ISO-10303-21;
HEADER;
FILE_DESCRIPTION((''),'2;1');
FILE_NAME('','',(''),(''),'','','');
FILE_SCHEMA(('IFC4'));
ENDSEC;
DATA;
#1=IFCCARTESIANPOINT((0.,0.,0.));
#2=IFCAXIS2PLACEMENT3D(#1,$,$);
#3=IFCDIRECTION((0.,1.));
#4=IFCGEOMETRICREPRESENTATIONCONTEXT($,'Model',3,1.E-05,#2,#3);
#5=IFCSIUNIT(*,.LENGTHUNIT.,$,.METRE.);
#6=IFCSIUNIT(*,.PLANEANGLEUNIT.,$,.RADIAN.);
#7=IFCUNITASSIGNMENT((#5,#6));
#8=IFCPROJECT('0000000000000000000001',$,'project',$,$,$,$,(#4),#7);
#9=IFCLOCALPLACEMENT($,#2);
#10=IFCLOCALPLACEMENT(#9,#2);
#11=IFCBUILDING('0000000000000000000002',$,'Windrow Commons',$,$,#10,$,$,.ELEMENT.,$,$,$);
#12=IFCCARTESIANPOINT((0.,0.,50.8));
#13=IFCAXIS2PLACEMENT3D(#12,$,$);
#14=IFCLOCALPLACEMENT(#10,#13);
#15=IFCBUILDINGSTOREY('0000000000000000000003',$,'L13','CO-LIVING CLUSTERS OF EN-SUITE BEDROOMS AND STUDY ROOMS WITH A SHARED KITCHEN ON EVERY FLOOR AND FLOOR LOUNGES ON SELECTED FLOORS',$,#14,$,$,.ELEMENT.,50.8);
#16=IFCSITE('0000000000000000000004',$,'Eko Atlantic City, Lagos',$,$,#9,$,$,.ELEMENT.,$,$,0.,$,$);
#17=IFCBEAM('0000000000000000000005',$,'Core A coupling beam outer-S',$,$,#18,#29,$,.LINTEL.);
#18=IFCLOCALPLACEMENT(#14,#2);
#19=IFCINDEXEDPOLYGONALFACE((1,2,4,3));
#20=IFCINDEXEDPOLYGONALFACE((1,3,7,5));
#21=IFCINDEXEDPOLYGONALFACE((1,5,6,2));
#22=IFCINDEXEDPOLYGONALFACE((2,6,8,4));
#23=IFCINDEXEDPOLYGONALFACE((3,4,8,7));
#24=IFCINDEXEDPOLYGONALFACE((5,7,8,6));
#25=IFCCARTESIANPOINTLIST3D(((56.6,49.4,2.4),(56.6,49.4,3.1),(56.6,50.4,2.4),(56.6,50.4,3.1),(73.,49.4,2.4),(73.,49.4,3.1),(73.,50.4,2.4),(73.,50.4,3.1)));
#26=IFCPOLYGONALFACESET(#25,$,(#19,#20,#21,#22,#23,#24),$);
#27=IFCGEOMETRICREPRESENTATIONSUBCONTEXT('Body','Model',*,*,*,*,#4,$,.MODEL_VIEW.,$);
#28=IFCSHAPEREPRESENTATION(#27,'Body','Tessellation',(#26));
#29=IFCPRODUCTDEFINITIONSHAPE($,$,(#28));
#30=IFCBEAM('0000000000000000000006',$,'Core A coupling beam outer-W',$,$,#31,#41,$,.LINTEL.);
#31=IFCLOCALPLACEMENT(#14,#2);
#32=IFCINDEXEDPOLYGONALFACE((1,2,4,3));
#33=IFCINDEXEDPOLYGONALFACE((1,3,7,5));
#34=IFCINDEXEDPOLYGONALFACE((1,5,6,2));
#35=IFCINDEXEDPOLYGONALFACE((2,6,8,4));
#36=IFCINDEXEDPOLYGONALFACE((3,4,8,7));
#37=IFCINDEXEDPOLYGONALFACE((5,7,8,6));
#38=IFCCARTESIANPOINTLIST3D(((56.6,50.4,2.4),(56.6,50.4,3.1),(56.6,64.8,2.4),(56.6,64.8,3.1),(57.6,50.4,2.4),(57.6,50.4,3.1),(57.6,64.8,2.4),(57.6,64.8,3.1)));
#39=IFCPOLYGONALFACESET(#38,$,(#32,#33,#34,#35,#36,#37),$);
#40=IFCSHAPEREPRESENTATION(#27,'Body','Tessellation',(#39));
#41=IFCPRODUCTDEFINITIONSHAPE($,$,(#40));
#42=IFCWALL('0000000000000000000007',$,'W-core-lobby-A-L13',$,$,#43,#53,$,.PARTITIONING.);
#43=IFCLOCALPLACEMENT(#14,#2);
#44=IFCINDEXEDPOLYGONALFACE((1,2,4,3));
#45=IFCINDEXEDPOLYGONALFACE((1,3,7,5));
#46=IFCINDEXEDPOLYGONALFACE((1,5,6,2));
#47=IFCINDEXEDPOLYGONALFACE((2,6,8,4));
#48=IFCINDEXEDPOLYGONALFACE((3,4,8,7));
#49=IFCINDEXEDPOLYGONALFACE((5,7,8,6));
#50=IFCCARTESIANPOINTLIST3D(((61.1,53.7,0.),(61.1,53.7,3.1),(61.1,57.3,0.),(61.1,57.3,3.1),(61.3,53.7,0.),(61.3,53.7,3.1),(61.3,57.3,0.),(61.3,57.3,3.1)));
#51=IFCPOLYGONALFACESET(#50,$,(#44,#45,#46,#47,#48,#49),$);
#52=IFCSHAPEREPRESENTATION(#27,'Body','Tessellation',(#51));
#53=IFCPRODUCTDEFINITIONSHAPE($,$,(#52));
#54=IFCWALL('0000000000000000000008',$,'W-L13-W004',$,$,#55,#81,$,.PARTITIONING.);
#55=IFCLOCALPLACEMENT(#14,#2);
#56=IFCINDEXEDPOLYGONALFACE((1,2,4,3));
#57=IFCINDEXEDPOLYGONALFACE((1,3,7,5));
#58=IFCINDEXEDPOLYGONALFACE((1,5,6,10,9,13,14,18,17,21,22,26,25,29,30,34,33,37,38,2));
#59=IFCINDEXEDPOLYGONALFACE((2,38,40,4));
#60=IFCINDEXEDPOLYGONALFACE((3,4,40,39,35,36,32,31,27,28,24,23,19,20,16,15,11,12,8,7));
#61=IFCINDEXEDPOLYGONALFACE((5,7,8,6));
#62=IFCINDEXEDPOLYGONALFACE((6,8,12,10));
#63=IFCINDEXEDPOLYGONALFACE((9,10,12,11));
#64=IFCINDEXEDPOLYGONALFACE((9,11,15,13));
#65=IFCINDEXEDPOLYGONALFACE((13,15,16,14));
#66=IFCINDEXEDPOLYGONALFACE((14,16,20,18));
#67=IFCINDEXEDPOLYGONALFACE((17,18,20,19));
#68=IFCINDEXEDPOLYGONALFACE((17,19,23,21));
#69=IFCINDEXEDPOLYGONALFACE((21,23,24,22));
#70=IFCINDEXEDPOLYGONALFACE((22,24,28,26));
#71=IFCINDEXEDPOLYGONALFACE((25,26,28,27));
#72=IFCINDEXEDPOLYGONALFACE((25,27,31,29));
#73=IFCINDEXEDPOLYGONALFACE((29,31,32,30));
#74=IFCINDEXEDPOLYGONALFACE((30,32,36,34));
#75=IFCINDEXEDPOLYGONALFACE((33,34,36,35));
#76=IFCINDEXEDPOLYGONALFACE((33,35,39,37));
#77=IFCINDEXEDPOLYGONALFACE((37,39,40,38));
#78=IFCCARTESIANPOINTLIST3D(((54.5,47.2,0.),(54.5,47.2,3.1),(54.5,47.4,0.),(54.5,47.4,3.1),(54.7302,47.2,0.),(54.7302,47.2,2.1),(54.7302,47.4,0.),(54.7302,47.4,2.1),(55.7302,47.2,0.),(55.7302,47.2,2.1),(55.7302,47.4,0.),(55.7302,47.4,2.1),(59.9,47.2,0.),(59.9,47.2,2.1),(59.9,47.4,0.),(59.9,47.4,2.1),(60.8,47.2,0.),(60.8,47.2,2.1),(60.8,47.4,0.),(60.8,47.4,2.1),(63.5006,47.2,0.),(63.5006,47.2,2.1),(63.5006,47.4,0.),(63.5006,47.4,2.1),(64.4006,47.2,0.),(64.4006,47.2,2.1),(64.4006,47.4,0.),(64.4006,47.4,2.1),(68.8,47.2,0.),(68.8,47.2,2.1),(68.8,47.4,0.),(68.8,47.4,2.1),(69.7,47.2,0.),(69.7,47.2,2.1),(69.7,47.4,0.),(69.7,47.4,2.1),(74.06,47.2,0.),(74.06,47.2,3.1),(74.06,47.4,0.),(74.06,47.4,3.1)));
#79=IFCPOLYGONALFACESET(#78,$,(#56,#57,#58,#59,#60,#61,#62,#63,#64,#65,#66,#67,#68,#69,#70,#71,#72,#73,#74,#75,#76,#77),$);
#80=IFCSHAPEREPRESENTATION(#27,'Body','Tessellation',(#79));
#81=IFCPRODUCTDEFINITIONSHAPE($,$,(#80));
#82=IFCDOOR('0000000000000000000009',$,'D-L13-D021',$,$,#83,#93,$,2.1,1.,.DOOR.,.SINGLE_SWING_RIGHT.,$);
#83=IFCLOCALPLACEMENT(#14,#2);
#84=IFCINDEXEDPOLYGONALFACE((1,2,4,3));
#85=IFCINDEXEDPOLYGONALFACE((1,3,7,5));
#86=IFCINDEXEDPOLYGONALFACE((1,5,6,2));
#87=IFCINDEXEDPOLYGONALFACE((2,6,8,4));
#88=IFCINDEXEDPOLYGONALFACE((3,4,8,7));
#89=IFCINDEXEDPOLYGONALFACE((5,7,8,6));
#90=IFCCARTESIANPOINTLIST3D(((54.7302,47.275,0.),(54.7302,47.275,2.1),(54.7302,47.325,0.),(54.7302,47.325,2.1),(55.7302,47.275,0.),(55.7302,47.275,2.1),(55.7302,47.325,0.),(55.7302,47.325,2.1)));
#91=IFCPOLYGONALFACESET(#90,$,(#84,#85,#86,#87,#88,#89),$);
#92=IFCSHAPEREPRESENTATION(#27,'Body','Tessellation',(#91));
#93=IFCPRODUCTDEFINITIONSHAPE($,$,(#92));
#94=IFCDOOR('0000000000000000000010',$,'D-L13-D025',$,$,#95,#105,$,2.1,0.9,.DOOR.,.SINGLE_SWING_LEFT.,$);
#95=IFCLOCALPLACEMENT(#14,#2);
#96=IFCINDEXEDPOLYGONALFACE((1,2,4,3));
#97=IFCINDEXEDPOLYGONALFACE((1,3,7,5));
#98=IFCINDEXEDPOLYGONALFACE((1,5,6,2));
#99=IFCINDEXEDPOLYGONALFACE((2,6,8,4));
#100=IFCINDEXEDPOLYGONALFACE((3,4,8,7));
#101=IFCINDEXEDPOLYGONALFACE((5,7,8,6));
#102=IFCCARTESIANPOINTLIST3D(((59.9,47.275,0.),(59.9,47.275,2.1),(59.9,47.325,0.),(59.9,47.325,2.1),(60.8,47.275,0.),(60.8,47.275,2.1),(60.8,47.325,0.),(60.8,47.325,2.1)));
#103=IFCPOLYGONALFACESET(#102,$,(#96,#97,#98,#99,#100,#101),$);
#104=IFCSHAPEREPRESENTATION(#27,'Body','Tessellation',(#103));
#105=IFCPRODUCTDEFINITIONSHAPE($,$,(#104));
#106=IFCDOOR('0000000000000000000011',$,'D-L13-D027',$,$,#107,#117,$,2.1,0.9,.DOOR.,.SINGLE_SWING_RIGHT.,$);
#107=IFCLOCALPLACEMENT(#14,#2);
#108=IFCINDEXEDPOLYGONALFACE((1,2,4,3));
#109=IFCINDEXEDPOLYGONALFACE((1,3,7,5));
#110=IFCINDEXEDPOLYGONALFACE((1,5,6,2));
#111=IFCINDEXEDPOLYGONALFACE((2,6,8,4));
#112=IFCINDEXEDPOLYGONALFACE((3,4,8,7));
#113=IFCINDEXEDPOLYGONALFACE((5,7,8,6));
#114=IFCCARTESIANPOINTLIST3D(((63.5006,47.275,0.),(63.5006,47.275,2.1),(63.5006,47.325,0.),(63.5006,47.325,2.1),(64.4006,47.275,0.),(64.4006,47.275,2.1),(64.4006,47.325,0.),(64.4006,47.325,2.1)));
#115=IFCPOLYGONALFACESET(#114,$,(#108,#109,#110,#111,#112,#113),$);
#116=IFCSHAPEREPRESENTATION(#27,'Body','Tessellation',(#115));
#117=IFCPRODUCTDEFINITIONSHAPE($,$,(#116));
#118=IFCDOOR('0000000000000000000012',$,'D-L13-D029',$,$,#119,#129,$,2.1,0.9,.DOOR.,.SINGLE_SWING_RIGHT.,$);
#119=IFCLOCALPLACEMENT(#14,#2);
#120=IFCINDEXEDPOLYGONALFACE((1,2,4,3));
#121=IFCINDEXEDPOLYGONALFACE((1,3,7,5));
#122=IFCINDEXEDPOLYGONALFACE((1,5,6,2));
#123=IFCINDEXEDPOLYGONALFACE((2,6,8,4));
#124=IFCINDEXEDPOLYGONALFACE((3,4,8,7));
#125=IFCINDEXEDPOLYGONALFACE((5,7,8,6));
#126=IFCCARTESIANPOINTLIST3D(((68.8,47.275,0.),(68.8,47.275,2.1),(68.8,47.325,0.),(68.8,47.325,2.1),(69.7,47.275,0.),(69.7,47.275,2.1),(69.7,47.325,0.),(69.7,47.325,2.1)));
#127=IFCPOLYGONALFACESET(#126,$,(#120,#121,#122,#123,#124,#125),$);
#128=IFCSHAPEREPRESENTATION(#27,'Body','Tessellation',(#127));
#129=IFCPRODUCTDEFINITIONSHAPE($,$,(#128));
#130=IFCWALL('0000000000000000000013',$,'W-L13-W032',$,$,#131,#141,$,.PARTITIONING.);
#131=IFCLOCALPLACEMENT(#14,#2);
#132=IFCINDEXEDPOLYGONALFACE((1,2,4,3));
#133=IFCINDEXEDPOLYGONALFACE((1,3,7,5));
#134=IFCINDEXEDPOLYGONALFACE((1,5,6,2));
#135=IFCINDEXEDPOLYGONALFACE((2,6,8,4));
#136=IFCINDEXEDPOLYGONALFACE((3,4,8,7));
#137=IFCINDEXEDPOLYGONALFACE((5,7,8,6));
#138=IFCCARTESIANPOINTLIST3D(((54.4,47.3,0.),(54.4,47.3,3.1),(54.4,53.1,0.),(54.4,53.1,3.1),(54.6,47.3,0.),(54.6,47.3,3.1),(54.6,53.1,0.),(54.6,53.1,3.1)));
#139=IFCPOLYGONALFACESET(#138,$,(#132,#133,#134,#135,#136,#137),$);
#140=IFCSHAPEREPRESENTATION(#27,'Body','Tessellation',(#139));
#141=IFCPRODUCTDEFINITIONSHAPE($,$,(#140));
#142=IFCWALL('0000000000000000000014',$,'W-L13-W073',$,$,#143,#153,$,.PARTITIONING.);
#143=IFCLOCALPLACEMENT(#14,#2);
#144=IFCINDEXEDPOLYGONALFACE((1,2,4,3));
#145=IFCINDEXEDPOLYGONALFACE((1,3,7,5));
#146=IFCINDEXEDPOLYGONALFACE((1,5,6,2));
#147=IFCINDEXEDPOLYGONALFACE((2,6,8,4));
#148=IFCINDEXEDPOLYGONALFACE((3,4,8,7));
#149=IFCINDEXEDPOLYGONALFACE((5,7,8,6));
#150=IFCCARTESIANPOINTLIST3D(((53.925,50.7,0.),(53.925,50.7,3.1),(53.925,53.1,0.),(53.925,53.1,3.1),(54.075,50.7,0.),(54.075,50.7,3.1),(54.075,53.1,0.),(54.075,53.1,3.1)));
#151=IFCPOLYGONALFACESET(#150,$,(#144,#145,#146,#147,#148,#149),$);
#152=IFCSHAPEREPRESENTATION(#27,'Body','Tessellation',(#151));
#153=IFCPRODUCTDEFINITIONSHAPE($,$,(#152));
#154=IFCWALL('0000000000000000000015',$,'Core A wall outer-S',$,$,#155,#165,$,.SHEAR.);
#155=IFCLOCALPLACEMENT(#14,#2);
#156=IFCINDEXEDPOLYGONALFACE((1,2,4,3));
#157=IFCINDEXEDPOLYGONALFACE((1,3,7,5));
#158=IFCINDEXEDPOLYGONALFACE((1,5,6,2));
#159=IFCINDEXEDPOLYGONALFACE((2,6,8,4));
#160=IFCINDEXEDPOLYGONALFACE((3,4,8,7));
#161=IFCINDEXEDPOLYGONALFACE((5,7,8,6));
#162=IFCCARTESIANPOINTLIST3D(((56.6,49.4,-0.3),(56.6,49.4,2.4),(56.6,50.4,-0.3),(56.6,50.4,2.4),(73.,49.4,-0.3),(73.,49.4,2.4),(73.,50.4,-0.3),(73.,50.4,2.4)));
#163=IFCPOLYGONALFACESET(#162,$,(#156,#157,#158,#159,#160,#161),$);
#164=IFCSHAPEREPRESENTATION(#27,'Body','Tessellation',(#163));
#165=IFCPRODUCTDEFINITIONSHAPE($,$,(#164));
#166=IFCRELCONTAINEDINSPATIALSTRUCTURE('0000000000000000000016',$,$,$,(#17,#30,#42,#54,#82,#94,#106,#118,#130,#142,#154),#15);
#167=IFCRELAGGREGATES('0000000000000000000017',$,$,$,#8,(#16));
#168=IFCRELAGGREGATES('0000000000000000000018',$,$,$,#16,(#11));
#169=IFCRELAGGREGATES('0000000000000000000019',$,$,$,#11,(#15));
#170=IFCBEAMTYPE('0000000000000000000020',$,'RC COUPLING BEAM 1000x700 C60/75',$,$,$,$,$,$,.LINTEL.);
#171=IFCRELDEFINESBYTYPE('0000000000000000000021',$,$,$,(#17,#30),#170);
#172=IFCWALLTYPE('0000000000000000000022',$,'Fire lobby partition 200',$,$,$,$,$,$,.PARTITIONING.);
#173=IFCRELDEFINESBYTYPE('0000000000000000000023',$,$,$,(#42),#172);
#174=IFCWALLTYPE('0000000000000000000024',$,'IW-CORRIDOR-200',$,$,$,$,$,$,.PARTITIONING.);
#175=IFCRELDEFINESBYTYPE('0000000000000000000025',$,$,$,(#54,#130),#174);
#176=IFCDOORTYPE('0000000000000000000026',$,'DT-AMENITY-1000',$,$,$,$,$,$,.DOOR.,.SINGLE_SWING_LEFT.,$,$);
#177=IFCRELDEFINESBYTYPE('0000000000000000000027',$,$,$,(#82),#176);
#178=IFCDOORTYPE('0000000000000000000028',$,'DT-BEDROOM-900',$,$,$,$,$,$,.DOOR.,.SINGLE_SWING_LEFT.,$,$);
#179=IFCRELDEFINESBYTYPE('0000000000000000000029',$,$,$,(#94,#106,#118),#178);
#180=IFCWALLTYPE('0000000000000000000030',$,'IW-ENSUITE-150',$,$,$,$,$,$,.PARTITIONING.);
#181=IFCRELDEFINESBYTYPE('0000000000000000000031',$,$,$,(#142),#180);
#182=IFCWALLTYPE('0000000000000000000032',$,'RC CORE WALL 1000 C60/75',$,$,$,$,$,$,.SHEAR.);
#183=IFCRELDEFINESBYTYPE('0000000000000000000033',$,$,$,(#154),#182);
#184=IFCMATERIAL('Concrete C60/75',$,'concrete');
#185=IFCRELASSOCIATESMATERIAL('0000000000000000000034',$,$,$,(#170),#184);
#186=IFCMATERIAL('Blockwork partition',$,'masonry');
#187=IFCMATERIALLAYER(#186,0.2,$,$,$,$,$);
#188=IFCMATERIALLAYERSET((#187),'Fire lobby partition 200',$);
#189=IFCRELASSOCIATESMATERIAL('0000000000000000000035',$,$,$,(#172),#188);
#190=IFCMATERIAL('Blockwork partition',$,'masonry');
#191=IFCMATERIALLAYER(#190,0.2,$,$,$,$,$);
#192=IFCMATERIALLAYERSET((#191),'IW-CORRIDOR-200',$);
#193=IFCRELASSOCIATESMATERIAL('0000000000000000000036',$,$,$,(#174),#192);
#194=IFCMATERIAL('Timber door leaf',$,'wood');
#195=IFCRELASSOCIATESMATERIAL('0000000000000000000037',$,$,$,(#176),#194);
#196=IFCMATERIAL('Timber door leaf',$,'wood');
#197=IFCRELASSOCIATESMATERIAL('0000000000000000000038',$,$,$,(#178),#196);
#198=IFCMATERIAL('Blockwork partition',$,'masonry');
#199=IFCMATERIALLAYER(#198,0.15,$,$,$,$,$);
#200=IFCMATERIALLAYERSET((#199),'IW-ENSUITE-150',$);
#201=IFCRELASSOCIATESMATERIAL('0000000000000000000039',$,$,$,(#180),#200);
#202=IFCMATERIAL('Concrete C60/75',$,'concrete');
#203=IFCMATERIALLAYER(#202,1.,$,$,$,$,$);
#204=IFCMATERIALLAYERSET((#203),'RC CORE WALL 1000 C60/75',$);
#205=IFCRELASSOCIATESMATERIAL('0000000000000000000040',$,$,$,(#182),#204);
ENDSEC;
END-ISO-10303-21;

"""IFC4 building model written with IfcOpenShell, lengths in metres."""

from ifc_helpers import new_model, si_unit, direction, frame, frame_2d, origin, origin_2d, place, context, subcontext, project, spatial, rectangle, extrude, material, layer, layer_set, material_profile, profile_set, type_object, element, fill, save


model = new_model("IFC4")

# Units and contexts
model_context = context("Model", 3, precision=1e-05, world=origin(), true_north=direction((0.0, 1.0)))
body_context = subcontext(model_context, "Body", "Model", "MODEL_VIEW")
ifc_project = project(units=[si_unit("LENGTHUNIT", "METRE"), si_unit("PLANEANGLEUNIT", "RADIAN")], contexts=[model_context])

# Site, building, storey
site_placement = place(None, origin())
site = spatial("IfcSite", under=ifc_project, at=site_placement, Name="Eko Atlantic City, Lagos", CompositionType="ELEMENT", RefElevation=0.0)
building_placement = place(site_placement, origin())
building = spatial("IfcBuilding", under=site, at=building_placement, Name="Windrow Commons", CompositionType="ELEMENT")
storey_placement = place(building_placement, frame((0.0, 0.0, 50.8)))
storey = spatial("IfcBuildingStorey", under=building, at=storey_placement, Name="L13", Description="CO-LIVING CLUSTERS OF EN-SUITE BEDROOMS AND STUDY ROOMS WITH A SHARED KITCHEN ON EVERY FLOOR AND FLOOR LOUNGES ON SELECTED FLOORS", CompositionType="ELEMENT", Elevation=50.8)

# Beams
ifc_material_1 = material(Name="Concrete C60/75", Category="concrete")
ifc_material_profile = material_profile(ifc_material_1, rectangle(XDim=1.0, YDim=0.7, at=origin_2d()))
ifc_profile_set = profile_set([ifc_material_profile], Name="Concrete C60/75")
beam_type = type_object("IfcBeamType", Name="RC COUPLING BEAM 1000x700 C60/75", PredefinedType="LINTEL", material=ifc_profile_set)
beam_1_placement = place(storey_placement, frame((56.6, 49.9, 2.75), z_axis=(1.0, 0.0, 0.0), x_axis=(0.0, 1.0, 0.0)))
element("IfcBeam", 1, at=beam_1_placement, inside=storey, type_object=beam_type, Name="Core A coupling beam outer-S", PredefinedType="LINTEL", context=body_context, shape_type="SweptSolid", body=[
    extrude(rectangle(XDim=1.0, YDim=0.7, at=origin_2d()), origin(), (0.0, 0.0, 1.0), 16.4),
])
beam_2_placement = place(storey_placement, frame((57.1, 50.4, 2.75), z_axis=(0.0, 1.0, 0.0), x_axis=(-1.0, 0.0, 0.0)))
element("IfcBeam", 2, at=beam_2_placement, inside=storey, type_object=beam_type, Name="Core A coupling beam outer-W", PredefinedType="LINTEL", context=body_context, shape_type="SweptSolid", body=[
    extrude(rectangle(XDim=1.0, YDim=0.7, at=origin_2d()), origin(), (0.0, 0.0, 1.0), 14.4),
])

# Wall
ifc_material_2 = material(Name="Blockwork partition", Category="masonry")
ifc_layer_1 = layer(ifc_material_2, 0.2)
ifc_layer_set_1 = layer_set([ifc_layer_1], Name="Fire lobby partition 200")
wall_type_1 = type_object("IfcWallType", Name="Fire lobby partition 200", PredefinedType="PARTITIONING", material=ifc_layer_set_1)
wall_1_placement = place(storey_placement, frame((61.2, 53.7, 0.0), z_axis=(0.0, 0.0, 1.0), x_axis=(0.0, 1.0, 0.0)))
element("IfcWall", 3, at=wall_1_placement, inside=storey, type_object=wall_type_1, Name="W-core-lobby-A-L13", PredefinedType="PARTITIONING", context=body_context, shape_type="SweptSolid", body=[
    extrude(rectangle(XDim=3.6, YDim=0.2, at=frame_2d((1.8, 0.0))), origin(), (0.0, 0.0, 1.0), 3.1),
])

# Wall, openings, doors
ifc_material_3 = material(Name="Blockwork partition", Category="masonry")
ifc_layer_2 = layer(ifc_material_3, 0.2)
ifc_layer_set_2 = layer_set([ifc_layer_2], Name="IW-CORRIDOR-200")
wall_type_2 = type_object("IfcWallType", Name="IW-CORRIDOR-200", PredefinedType="PARTITIONING", material=ifc_layer_set_2)
wall_2_placement = place(storey_placement, frame((54.5, 47.3, 0.0), z_axis=(0.0, 0.0, 1.0), x_axis=(1.0, 0.0, 0.0)))
wall_2 = element("IfcWall", 4, at=wall_2_placement, inside=storey, type_object=wall_type_2, Name="W-L13-W004", PredefinedType="PARTITIONING", context=body_context, shape_type="SweptSolid", body=[
    extrude(rectangle(XDim=19.56, YDim=0.2, at=frame_2d((9.78, 0.0))), origin(), (0.0, 0.0, 1.0), 3.1),
])
opening_1_placement = place(wall_2_placement, frame((0.2302, 0.0, 0.0)))
opening_1 = element("IfcOpeningElement", 5, at=opening_1_placement, cuts=wall_2, PredefinedType="OPENING", context=body_context, shape_type="SweptSolid", body=[
    extrude(rectangle(XDim=1.0, YDim=2.1, at=frame_2d((0.5, 1.05))), frame((0.0, 0.11, 0.0), z_axis=(0.0, -1.0, 0.0), x_axis=(1.0, 0.0, 0.0)), (0.0, 0.0, 1.0), 0.22),
])
opening_2_placement = place(wall_2_placement, frame((5.4, 0.0, 0.0)))
opening_2 = element("IfcOpeningElement", 6, at=opening_2_placement, cuts=wall_2, PredefinedType="OPENING", context=body_context, shape_type="SweptSolid", body=[
    extrude(rectangle(XDim=0.9, YDim=2.1, at=frame_2d((0.45, 1.05))), frame((0.0, 0.11, 0.0), z_axis=(0.0, -1.0, 0.0), x_axis=(1.0, 0.0, 0.0)), (0.0, 0.0, 1.0), 0.22),
])
opening_3_placement = place(wall_2_placement, frame((9.0006, 0.0, 0.0)))
opening_3 = element("IfcOpeningElement", 7, at=opening_3_placement, cuts=wall_2, PredefinedType="OPENING", context=body_context, shape_type="SweptSolid", body=[
    extrude(rectangle(XDim=0.9, YDim=2.1, at=frame_2d((0.45, 1.05))), frame((0.0, 0.11, 0.0), z_axis=(0.0, -1.0, 0.0), x_axis=(1.0, 0.0, 0.0)), (0.0, 0.0, 1.0), 0.22),
])
opening_4_placement = place(wall_2_placement, frame((14.3, 0.0, 0.0)))
opening_4 = element("IfcOpeningElement", 8, at=opening_4_placement, cuts=wall_2, PredefinedType="OPENING", context=body_context, shape_type="SweptSolid", body=[
    extrude(rectangle(XDim=0.9, YDim=2.1, at=frame_2d((0.45, 1.05))), frame((0.0, 0.11, 0.0), z_axis=(0.0, -1.0, 0.0), x_axis=(1.0, 0.0, 0.0)), (0.0, 0.0, 1.0), 0.22),
])
ifc_material_4 = material(Name="Timber door leaf", Category="wood")
door_type_1 = type_object("IfcDoorType", Name="DT-AMENITY-1000", OperationType="SINGLE_SWING_LEFT", PredefinedType="DOOR", material=ifc_material_4)
door_1_placement = place(opening_1_placement, origin())
door_1 = element("IfcDoor", 9, at=door_1_placement, inside=storey, type_object=door_type_1, Name="D-L13-D021", OperationType="SINGLE_SWING_RIGHT", OverallHeight=2.1, OverallWidth=1.0, PredefinedType="DOOR", context=body_context, shape_type="SweptSolid", body=[
    extrude(rectangle(XDim=1.0, YDim=2.1, at=frame_2d((0.5, 1.05))), frame((0.0, 0.025, 0.0), z_axis=(0.0, -1.0, 0.0), x_axis=(1.0, 0.0, 0.0)), (0.0, 0.0, 1.0), 0.05),
])
fill(opening_1, door_1)
ifc_material_5 = material(Name="Timber door leaf", Category="wood")
door_type_2 = type_object("IfcDoorType", Name="DT-BEDROOM-900", OperationType="SINGLE_SWING_LEFT", PredefinedType="DOOR", material=ifc_material_5)
door_2_placement = place(opening_2_placement, origin())
door_2 = element("IfcDoor", 10, at=door_2_placement, inside=storey, type_object=door_type_2, Name="D-L13-D025", OperationType="SINGLE_SWING_LEFT", OverallHeight=2.1, OverallWidth=0.9, PredefinedType="DOOR", context=body_context, shape_type="SweptSolid", body=[
    extrude(rectangle(XDim=0.9, YDim=2.1, at=frame_2d((0.45, 1.05))), frame((0.0, 0.025, 0.0), z_axis=(0.0, -1.0, 0.0), x_axis=(1.0, 0.0, 0.0)), (0.0, 0.0, 1.0), 0.05),
])
fill(opening_2, door_2)
door_3_placement = place(opening_3_placement, origin())
door_3 = element("IfcDoor", 11, at=door_3_placement, inside=storey, type_object=door_type_2, Name="D-L13-D027", OperationType="SINGLE_SWING_RIGHT", OverallHeight=2.1, OverallWidth=0.9, PredefinedType="DOOR", context=body_context, shape_type="SweptSolid", body=[
    extrude(rectangle(XDim=0.9, YDim=2.1, at=frame_2d((0.45, 1.05))), frame((0.0, 0.025, 0.0), z_axis=(0.0, -1.0, 0.0), x_axis=(1.0, 0.0, 0.0)), (0.0, 0.0, 1.0), 0.05),
])
fill(opening_3, door_3)
door_4_placement = place(opening_4_placement, origin())
door_4 = element("IfcDoor", 12, at=door_4_placement, inside=storey, type_object=door_type_2, Name="D-L13-D029", OperationType="SINGLE_SWING_RIGHT", OverallHeight=2.1, OverallWidth=0.9, PredefinedType="DOOR", context=body_context, shape_type="SweptSolid", body=[
    extrude(rectangle(XDim=0.9, YDim=2.1, at=frame_2d((0.45, 1.05))), frame((0.0, 0.025, 0.0), z_axis=(0.0, -1.0, 0.0), x_axis=(1.0, 0.0, 0.0)), (0.0, 0.0, 1.0), 0.05),
])
fill(opening_4, door_4)

# Walls
wall_3_placement = place(storey_placement, frame((54.5, 47.3, 0.0), z_axis=(0.0, 0.0, 1.0), x_axis=(0.0, 1.0, 0.0)))
element("IfcWall", 13, at=wall_3_placement, inside=storey, type_object=wall_type_2, Name="W-L13-W032", PredefinedType="PARTITIONING", context=body_context, shape_type="SweptSolid", body=[
    extrude(rectangle(XDim=5.8, YDim=0.2, at=frame_2d((2.9, 0.0))), origin(), (0.0, 0.0, 1.0), 3.1),
])
ifc_material_6 = material(Name="Blockwork partition", Category="masonry")
ifc_layer_3 = layer(ifc_material_6, 0.15)
ifc_layer_set_3 = layer_set([ifc_layer_3], Name="IW-ENSUITE-150")
wall_type_3 = type_object("IfcWallType", Name="IW-ENSUITE-150", PredefinedType="PARTITIONING", material=ifc_layer_set_3)
wall_4_placement = place(storey_placement, frame((54.0, 50.7, 0.0), z_axis=(0.0, 0.0, 1.0), x_axis=(0.0, 1.0, 0.0)))
element("IfcWall", 14, at=wall_4_placement, inside=storey, type_object=wall_type_3, Name="W-L13-W073", PredefinedType="PARTITIONING", context=body_context, shape_type="SweptSolid", body=[
    extrude(rectangle(XDim=2.4, YDim=0.15, at=frame_2d((1.2, 0.0))), origin(), (0.0, 0.0, 1.0), 3.1),
])
ifc_material_7 = material(Name="Concrete C60/75", Category="concrete")
ifc_layer_4 = layer(ifc_material_7, 1.0)
ifc_layer_set_4 = layer_set([ifc_layer_4], Name="RC CORE WALL 1000 C60/75")
wall_type_4 = type_object("IfcWallType", Name="RC CORE WALL 1000 C60/75", PredefinedType="SHEAR", material=ifc_layer_set_4)
wall_5_placement = place(storey_placement, frame((56.6, 49.9, -0.3), z_axis=(0.0, 0.0, 1.0), x_axis=(1.0, 0.0, 0.0)))
element("IfcWall", 15, at=wall_5_placement, inside=storey, type_object=wall_type_4, Name="Core A wall outer-S", PredefinedType="SHEAR", context=body_context, shape_type="SweptSolid", body=[
    extrude(rectangle(XDim=16.4, YDim=1.0, at=frame_2d((8.2, 0.0))), origin(), (0.0, 0.0, 1.0), 2.7),
])

save(model, "model.ifc")
